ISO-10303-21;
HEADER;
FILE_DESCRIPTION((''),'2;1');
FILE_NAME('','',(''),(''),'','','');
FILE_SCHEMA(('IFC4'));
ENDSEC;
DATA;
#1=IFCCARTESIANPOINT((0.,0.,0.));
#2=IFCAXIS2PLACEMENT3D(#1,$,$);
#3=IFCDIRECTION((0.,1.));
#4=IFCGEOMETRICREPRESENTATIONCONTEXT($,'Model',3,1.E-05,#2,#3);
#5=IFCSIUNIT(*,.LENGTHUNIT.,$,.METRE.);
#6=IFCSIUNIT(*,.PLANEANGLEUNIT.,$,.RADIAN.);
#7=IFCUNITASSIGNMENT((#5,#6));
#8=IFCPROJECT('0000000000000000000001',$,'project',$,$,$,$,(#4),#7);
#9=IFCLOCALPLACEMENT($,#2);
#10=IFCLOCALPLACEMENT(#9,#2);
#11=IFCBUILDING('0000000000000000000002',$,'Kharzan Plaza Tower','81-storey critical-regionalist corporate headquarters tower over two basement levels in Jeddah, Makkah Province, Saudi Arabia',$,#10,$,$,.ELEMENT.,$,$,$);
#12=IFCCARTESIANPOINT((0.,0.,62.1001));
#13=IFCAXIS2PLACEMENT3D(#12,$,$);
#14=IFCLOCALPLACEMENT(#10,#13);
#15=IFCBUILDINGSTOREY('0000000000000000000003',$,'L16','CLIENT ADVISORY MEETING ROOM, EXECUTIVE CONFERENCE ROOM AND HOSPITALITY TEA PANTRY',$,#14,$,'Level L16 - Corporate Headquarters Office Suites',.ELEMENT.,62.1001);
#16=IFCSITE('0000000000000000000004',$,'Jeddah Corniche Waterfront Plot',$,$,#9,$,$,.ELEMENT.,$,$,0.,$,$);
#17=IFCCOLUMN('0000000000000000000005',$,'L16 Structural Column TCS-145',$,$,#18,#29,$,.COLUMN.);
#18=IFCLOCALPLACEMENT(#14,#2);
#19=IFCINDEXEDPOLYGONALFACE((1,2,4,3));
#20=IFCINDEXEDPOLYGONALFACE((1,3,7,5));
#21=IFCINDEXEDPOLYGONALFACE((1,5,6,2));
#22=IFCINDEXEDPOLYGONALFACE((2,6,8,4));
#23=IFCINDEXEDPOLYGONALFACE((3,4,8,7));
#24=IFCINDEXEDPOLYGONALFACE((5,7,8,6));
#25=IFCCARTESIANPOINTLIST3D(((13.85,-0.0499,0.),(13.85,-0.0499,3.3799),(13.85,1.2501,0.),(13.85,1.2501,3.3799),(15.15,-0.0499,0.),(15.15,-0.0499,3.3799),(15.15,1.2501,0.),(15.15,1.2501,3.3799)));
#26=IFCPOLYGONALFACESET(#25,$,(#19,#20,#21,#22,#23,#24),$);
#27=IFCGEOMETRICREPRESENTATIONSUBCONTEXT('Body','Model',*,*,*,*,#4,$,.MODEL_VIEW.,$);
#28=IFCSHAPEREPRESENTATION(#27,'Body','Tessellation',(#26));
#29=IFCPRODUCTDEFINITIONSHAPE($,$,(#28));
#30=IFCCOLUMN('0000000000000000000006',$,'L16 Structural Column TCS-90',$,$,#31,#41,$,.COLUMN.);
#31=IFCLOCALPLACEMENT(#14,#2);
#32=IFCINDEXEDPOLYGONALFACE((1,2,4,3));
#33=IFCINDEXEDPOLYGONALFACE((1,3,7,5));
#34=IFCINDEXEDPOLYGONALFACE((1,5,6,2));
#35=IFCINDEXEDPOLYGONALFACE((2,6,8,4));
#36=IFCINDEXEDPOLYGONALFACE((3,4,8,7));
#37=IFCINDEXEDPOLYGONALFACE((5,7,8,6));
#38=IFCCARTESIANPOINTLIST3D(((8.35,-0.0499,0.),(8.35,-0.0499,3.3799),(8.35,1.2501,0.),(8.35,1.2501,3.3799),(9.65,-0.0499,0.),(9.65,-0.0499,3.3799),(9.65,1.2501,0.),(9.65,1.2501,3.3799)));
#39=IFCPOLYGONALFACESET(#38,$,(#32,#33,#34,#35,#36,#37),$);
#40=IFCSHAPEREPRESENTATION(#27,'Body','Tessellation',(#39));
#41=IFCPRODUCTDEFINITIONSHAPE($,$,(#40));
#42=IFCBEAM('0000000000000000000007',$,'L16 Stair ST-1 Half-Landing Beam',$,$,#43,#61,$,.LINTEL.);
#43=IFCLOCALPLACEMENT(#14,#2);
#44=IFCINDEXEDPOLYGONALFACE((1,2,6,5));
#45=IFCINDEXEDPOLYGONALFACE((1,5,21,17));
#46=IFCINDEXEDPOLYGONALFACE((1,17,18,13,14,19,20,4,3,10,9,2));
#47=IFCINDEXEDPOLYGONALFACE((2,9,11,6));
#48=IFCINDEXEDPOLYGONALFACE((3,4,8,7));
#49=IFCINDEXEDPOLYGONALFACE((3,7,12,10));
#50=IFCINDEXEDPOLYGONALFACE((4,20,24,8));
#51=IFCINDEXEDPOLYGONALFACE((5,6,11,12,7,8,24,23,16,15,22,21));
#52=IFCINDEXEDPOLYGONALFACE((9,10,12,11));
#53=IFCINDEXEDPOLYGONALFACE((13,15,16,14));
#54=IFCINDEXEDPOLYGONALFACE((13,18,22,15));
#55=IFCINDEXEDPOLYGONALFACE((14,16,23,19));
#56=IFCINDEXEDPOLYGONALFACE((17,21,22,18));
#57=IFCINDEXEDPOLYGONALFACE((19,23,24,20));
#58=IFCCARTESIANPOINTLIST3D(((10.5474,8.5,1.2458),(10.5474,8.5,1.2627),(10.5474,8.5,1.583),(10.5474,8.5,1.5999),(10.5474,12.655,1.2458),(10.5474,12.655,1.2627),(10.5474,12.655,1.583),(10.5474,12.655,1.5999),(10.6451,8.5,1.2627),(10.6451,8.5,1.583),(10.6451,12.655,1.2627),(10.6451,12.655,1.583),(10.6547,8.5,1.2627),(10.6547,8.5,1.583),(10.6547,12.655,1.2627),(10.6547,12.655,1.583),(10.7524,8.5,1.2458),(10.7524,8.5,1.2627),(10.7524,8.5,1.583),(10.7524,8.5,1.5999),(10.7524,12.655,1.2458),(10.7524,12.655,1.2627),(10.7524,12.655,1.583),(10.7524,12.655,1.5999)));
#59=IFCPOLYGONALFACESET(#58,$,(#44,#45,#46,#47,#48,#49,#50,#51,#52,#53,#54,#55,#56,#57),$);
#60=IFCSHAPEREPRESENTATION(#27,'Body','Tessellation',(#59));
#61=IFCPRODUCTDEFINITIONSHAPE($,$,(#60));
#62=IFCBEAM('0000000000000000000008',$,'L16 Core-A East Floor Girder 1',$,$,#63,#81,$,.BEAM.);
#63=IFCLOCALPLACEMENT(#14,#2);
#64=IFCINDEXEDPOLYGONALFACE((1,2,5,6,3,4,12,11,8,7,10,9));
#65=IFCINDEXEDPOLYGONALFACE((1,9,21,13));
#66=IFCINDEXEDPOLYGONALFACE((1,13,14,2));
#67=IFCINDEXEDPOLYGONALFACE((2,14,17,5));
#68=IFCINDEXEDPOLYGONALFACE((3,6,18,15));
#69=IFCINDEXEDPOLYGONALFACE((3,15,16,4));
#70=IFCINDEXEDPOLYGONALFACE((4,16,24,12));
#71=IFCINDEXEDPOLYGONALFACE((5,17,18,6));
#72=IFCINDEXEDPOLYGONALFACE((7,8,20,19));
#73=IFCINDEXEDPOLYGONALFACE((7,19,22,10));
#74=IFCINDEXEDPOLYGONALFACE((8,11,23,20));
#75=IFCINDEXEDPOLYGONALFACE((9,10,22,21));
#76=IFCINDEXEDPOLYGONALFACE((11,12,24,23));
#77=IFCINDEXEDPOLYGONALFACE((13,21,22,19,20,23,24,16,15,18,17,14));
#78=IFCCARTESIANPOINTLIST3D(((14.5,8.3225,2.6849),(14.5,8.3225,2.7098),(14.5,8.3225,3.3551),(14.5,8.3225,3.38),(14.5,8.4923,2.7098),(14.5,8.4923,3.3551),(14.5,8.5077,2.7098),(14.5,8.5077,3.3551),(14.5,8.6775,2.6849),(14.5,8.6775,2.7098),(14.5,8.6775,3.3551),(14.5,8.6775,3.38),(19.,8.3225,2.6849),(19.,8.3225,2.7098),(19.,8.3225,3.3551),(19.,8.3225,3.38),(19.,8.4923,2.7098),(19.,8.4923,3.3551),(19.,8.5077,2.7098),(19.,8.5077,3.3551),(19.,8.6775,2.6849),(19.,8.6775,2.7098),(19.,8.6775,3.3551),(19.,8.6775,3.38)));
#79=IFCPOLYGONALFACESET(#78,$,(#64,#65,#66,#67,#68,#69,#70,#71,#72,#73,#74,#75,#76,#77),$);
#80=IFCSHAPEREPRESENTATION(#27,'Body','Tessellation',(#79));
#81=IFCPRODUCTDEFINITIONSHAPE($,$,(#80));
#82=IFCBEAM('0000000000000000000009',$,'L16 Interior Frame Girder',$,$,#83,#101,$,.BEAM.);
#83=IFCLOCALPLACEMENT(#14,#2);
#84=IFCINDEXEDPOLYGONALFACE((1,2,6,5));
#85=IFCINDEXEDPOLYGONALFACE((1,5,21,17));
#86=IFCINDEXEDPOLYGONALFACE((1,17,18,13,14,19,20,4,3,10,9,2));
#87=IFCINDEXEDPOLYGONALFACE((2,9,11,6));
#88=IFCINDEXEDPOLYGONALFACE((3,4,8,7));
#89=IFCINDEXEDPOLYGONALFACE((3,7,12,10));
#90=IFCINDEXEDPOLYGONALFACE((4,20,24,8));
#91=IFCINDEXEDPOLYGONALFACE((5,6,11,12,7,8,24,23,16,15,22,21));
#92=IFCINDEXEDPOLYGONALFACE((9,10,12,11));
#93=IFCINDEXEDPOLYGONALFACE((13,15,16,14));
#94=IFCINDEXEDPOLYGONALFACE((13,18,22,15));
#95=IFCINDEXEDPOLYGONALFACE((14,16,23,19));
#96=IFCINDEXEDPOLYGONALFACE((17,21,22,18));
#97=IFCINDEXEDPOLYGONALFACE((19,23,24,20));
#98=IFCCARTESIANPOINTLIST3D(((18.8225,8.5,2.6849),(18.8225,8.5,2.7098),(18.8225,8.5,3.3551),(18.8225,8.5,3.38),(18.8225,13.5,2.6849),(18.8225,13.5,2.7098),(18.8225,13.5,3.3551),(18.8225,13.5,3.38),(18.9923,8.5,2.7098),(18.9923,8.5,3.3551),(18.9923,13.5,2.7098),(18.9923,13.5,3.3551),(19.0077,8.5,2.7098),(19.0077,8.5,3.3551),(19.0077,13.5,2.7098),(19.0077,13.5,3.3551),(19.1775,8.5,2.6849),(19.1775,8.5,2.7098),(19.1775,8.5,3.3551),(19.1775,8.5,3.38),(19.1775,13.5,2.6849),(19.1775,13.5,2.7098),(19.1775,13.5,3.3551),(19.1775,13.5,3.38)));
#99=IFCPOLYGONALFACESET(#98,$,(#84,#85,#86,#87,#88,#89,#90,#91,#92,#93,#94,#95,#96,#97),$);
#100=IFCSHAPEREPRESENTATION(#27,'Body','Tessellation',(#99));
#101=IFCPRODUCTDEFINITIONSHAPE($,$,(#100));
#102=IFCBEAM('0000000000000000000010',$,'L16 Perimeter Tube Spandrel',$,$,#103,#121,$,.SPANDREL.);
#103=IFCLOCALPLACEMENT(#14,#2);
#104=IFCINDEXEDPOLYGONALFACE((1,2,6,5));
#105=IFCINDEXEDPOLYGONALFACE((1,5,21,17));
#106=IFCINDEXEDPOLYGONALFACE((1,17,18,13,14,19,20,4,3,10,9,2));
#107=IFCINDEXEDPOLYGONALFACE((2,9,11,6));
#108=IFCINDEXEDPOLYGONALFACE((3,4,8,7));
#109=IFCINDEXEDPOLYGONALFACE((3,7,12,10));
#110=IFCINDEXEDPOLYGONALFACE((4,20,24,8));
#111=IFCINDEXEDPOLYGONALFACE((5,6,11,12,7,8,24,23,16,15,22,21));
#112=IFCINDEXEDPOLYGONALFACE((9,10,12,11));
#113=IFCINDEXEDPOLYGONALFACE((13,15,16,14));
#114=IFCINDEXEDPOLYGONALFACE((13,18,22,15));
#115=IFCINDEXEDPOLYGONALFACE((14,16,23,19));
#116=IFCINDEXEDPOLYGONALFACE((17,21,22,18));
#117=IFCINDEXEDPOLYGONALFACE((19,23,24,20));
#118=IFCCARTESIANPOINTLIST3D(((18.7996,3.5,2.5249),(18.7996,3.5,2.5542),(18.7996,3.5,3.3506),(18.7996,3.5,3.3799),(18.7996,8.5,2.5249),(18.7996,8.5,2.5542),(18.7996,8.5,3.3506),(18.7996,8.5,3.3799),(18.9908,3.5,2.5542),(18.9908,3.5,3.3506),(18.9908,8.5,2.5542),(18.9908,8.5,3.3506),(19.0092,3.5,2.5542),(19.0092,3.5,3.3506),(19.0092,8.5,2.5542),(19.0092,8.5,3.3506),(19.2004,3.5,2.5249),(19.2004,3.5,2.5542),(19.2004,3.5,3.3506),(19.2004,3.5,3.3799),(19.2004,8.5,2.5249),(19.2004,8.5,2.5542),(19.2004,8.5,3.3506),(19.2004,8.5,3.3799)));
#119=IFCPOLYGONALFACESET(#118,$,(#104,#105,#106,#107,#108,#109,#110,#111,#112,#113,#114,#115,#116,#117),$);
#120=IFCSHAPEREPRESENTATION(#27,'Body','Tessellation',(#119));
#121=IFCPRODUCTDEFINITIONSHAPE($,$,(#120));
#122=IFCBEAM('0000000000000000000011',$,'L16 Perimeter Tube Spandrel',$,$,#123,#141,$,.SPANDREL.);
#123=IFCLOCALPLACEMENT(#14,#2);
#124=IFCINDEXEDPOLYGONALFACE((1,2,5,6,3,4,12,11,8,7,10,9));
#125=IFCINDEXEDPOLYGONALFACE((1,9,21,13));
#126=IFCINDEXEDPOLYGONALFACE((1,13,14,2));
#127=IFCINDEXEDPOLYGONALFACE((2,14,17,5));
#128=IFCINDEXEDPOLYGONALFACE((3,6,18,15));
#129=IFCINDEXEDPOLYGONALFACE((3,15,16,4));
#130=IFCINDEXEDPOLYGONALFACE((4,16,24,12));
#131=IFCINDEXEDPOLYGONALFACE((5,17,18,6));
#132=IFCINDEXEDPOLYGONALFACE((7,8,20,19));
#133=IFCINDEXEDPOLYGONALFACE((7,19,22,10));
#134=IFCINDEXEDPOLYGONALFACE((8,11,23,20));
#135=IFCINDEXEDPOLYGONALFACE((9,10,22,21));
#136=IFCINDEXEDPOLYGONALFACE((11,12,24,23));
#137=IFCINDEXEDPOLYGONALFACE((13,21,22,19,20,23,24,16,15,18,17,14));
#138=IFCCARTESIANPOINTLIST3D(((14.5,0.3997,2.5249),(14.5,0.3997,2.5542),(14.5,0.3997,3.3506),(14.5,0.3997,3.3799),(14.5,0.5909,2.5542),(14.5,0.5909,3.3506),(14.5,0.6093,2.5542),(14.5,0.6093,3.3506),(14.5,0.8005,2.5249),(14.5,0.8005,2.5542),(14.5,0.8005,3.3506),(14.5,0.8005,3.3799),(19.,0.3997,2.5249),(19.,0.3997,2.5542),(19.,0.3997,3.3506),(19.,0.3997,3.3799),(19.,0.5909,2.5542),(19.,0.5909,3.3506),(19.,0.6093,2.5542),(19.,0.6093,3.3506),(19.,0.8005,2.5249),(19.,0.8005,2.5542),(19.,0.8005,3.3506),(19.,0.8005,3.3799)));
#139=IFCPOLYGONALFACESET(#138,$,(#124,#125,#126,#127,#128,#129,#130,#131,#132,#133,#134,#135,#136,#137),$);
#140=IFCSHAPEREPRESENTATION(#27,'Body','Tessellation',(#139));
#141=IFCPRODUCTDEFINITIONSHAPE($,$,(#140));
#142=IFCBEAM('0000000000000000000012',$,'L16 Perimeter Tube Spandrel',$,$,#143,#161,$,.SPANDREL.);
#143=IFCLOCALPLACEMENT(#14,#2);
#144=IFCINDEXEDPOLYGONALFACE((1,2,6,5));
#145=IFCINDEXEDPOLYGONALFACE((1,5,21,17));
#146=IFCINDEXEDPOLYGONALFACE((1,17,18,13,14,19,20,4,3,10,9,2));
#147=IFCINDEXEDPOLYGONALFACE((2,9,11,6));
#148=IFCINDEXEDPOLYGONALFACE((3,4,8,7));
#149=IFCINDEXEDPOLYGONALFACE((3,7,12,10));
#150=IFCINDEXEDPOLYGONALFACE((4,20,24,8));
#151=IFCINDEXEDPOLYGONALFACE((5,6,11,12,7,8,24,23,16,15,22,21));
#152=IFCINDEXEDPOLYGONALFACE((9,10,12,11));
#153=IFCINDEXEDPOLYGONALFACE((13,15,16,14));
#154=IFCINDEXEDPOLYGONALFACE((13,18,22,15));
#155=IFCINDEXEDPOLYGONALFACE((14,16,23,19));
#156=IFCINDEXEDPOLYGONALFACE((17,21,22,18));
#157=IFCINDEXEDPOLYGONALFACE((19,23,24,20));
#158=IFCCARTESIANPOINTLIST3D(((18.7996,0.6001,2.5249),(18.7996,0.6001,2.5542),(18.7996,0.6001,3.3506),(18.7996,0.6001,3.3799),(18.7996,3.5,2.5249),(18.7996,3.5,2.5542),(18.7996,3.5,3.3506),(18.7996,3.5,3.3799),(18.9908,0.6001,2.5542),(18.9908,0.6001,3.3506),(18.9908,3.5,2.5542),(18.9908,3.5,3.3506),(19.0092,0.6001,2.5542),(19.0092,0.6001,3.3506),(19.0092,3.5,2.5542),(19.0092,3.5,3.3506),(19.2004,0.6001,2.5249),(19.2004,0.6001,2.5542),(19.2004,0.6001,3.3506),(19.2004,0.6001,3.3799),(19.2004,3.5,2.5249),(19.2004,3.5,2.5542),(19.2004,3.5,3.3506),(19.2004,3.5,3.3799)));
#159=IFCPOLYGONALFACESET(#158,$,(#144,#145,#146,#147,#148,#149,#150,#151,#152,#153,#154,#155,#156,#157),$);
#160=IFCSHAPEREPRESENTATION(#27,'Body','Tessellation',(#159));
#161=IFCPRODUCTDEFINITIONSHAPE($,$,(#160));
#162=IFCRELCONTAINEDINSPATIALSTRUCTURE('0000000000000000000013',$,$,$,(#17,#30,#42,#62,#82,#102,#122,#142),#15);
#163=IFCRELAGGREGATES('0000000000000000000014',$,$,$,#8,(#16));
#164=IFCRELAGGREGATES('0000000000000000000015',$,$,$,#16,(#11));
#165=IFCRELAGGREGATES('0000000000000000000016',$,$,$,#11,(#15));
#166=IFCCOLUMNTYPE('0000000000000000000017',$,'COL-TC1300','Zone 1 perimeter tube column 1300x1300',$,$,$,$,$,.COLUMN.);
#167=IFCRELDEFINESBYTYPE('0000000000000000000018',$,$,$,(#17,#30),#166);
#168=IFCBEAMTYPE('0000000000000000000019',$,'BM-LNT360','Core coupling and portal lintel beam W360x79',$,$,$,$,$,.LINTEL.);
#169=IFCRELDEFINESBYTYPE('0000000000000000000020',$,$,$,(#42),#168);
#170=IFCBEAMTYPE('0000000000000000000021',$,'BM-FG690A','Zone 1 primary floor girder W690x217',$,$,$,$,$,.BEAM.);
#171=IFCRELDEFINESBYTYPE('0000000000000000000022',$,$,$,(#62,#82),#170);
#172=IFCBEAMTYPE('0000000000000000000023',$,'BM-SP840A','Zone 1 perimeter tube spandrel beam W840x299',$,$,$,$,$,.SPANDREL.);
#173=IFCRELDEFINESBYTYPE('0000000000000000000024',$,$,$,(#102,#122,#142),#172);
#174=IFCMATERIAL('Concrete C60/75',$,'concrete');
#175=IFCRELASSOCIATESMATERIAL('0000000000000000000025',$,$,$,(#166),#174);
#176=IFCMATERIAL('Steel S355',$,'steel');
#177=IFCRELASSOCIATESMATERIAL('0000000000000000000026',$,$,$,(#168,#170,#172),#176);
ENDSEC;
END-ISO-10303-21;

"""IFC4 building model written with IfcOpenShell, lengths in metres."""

from ifc_helpers import new_model, si_unit, direction, frame, origin, origin_2d, place, context, subcontext, project, spatial, rectangle, i_section, extrude, source, transform, mapped, material, material_profile, profile_set, type_object, element, save


model = new_model("IFC4")

# Units and contexts
model_context = context("Model", 3, precision=1e-05, world=origin(), true_north=direction((0.0, 1.0)))
body_context = subcontext(model_context, "Body", "Model", "MODEL_VIEW")
ifc_project = project(units=[si_unit("LENGTHUNIT", "METRE"), si_unit("PLANEANGLEUNIT", "RADIAN")], contexts=[model_context])

# Site, building, storey
site_placement = place(None, origin())
site = spatial("IfcSite", under=ifc_project, at=site_placement, Name="Jeddah Corniche Waterfront Plot", CompositionType="ELEMENT", RefElevation=0.0)
building_placement = place(site_placement, origin())
building = spatial("IfcBuilding", under=site, at=building_placement, Name="Kharzan Plaza Tower", Description="81-storey critical-regionalist corporate headquarters tower over two basement levels in Jeddah, Makkah Province, Saudi Arabia", CompositionType="ELEMENT")
storey_placement = place(building_placement, frame((0.0, 0.0, 62.1001)))
storey = spatial("IfcBuildingStorey", under=building, at=storey_placement, Name="L16", Description="CLIENT ADVISORY MEETING ROOM, EXECUTIVE CONFERENCE ROOM AND HOSPITALITY TEA PANTRY", LongName="Level L16 - Corporate Headquarters Office Suites", CompositionType="ELEMENT", Elevation=62.1001)

# Columns
ifc_material_1 = material(Name="Concrete C60/75", Category="concrete")
ifc_material_profile_1 = material_profile(ifc_material_1, rectangle(XDim=1.3, YDim=1.3, at=origin_2d()), Name="RC-TC1300x1300")
ifc_profile_set_1 = profile_set([ifc_material_profile_1], Name="Concrete C60/75")
column_type = type_object("IfcColumnType", Name="COL-TC1300", Description="Zone 1 perimeter tube column 1300x1300", PredefinedType="COLUMN", material=ifc_profile_set_1)
shared_shape_1 = source(origin(), body_context, "Body", "SweptSolid", [
    extrude(rectangle(XDim=1.3, YDim=1.3, at=origin_2d()), origin(), (0.0, 0.0, 1.0), 3.3799),
])
for number, where, z_axis, x_axis, name in (
    (1, (14.5, 0.6001, 0.0), (0.0, 0.0, 1.0), (1.0, 0.0, 0.0), "L16 Structural Column TCS-145"),
    (2, (9.0, 0.6001, 0.0), (0.0, 0.0, 1.0), (1.0, 0.0, 0.0), "L16 Structural Column TCS-90"),
):
    element("IfcColumn", number, at=place(storey_placement, frame(where, z_axis=z_axis, x_axis=x_axis)), inside=storey, type_object=column_type, Name=name, PredefinedType="COLUMN", context=body_context, shape_type="MappedRepresentation", body=[
        mapped(shared_shape_1, transform((0.0, 0.0, 0.0), x_axis=(1.0, 0.0, 0.0), y_axis=(0.0, 1.0, 0.0), z_axis=(0.0, 0.0, 1.0))),
    ])

# Beams
ifc_material_2 = material(Name="Steel S355", Category="steel")
ifc_material_profile_2 = material_profile(ifc_material_2, i_section(OverallWidth=0.2051, OverallDepth=0.354, WebThickness=0.0095, FlangeThickness=0.0168, at=origin_2d()), Name="W360x79")
ifc_profile_set_2 = profile_set([ifc_material_profile_2], Name="Steel S355")
beam_type_1 = type_object("IfcBeamType", Name="BM-LNT360", Description="Core coupling and portal lintel beam W360x79", PredefinedType="LINTEL", material=ifc_profile_set_2)
shared_shape_2 = source(origin(), body_context, "Body", "SweptSolid", [
    extrude(i_section(OverallWidth=0.2051, OverallDepth=0.354, WebThickness=0.0095, FlangeThickness=0.0168, at=origin_2d()), origin(), (0.0, 0.0, 1.0), 4.155),
])
beam_1_placement = place(storey_placement, frame((10.6499, 8.5, 1.4229), z_axis=(0.0, 1.0, 0.0), x_axis=(-1.0, 0.0, 0.0)))
element("IfcBeam", 3, at=beam_1_placement, inside=storey, type_object=beam_type_1, Name="L16 Stair ST-1 Half-Landing Beam", PredefinedType="LINTEL", context=body_context, shape_type="MappedRepresentation", body=[
    mapped(shared_shape_2, transform((0.0, 0.0, 0.0), x_axis=(1.0, 0.0, 0.0), y_axis=(0.0, 1.0, 0.0), z_axis=(0.0, 0.0, 1.0))),
])
ifc_material_profile_3 = material_profile(ifc_material_2, i_section(OverallWidth=0.355, OverallDepth=0.6951, WebThickness=0.0154, FlangeThickness=0.0249, at=origin_2d()), Name="W690x217")
ifc_profile_set_3 = profile_set([ifc_material_profile_3], Name="Steel S355")
beam_type_2 = type_object("IfcBeamType", Name="BM-FG690A", Description="Zone 1 primary floor girder W690x217", PredefinedType="BEAM", material=ifc_profile_set_3)
shared_shape_3 = source(origin(), body_context, "Body", "SweptSolid", [
    extrude(i_section(OverallWidth=0.355, OverallDepth=0.6951, WebThickness=0.0154, FlangeThickness=0.0249, at=origin_2d()), origin(), (0.0, 0.0, 1.0), 4.5),
])
beam_2_placement = place(storey_placement, frame((14.5, 8.5, 3.0325), z_axis=(1.0, 0.0, 0.0), x_axis=(0.0, 1.0, 0.0)))
element("IfcBeam", 4, at=beam_2_placement, inside=storey, type_object=beam_type_2, Name="L16 Core-A East Floor Girder 1", PredefinedType="BEAM", context=body_context, shape_type="MappedRepresentation", body=[
    mapped(shared_shape_3, transform((0.0, 0.0, 0.0), x_axis=(1.0, 0.0, 0.0), y_axis=(0.0, 1.0, 0.0), z_axis=(0.0, 0.0, 1.0))),
])
shared_shape_4 = source(origin(), body_context, "Body", "SweptSolid", [
    extrude(i_section(OverallWidth=0.355, OverallDepth=0.6951, WebThickness=0.0154, FlangeThickness=0.0249, at=origin_2d()), origin(), (0.0, 0.0, 1.0), 5.0),
])
beam_3_placement = place(storey_placement, frame((19.0, 8.5, 3.0325), z_axis=(0.0, 1.0, 0.0), x_axis=(-1.0, 0.0, 0.0)))
element("IfcBeam", 5, at=beam_3_placement, inside=storey, type_object=beam_type_2, Name="L16 Interior Frame Girder", PredefinedType="BEAM", context=body_context, shape_type="MappedRepresentation", body=[
    mapped(shared_shape_4, transform((0.0, 0.0, 0.0), x_axis=(1.0, 0.0, 0.0), y_axis=(0.0, 1.0, 0.0), z_axis=(0.0, 0.0, 1.0))),
])
ifc_material_profile_4 = material_profile(ifc_material_2, i_section(OverallWidth=0.4009, OverallDepth=0.855, WebThickness=0.0183, FlangeThickness=0.0293, at=origin_2d()), Name="W840x299")
ifc_profile_set_4 = profile_set([ifc_material_profile_4], Name="Steel S355")
beam_type_3 = type_object("IfcBeamType", Name="BM-SP840A", Description="Zone 1 perimeter tube spandrel beam W840x299", PredefinedType="SPANDREL", material=ifc_profile_set_4)
shared_shape_5 = source(origin(), body_context, "Body", "SweptSolid", [
    extrude(i_section(OverallWidth=0.4009, OverallDepth=0.855, WebThickness=0.0183, FlangeThickness=0.0293, at=origin_2d()), origin(), (0.0, 0.0, 1.0), 5.0),
])
beam_4_placement = place(storey_placement, frame((19.0, 3.5, 2.9524), z_axis=(0.0, 1.0, 0.0), x_axis=(-1.0, 0.0, 0.0)))
element("IfcBeam", 6, at=beam_4_placement, inside=storey, type_object=beam_type_3, Name="L16 Perimeter Tube Spandrel", PredefinedType="SPANDREL", context=body_context, shape_type="MappedRepresentation", body=[
    mapped(shared_shape_5, transform((0.0, 0.0, 0.0), x_axis=(1.0, 0.0, 0.0), y_axis=(0.0, 1.0, 0.0), z_axis=(0.0, 0.0, 1.0))),
])
shared_shape_6 = source(origin(), body_context, "Body", "SweptSolid", [
    extrude(i_section(OverallWidth=0.4009, OverallDepth=0.855, WebThickness=0.0183, FlangeThickness=0.0293, at=origin_2d()), origin(), (0.0, 0.0, 1.0), 4.5),
])
beam_5_placement = place(storey_placement, frame((14.5, 0.6001, 2.9524), z_axis=(1.0, 0.0, 0.0), x_axis=(0.0, 1.0, 0.0)))
element("IfcBeam", 7, at=beam_5_placement, inside=storey, type_object=beam_type_3, Name="L16 Perimeter Tube Spandrel", PredefinedType="SPANDREL", context=body_context, shape_type="MappedRepresentation", body=[
    mapped(shared_shape_6, transform((0.0, 0.0, 0.0), x_axis=(1.0, 0.0, 0.0), y_axis=(0.0, 1.0, 0.0), z_axis=(0.0, 0.0, 1.0))),
])
shared_shape_7 = source(origin(), body_context, "Body", "SweptSolid", [
    extrude(i_section(OverallWidth=0.4009, OverallDepth=0.855, WebThickness=0.0183, FlangeThickness=0.0293, at=origin_2d()), origin(), (0.0, 0.0, 1.0), 2.8999),
])
beam_6_placement = place(storey_placement, frame((19.0, 0.6001, 2.9524), z_axis=(0.0, 1.0, 0.0), x_axis=(-1.0, 0.0, 0.0)))
element("IfcBeam", 8, at=beam_6_placement, inside=storey, type_object=beam_type_3, Name="L16 Perimeter Tube Spandrel", PredefinedType="SPANDREL", context=body_context, shape_type="MappedRepresentation", body=[
    mapped(shared_shape_7, transform((0.0, 0.0, 0.0), x_axis=(1.0, 0.0, 0.0), y_axis=(0.0, 1.0, 0.0), z_axis=(0.0, 0.0, 1.0))),
])

save(model, "model.ifc")
